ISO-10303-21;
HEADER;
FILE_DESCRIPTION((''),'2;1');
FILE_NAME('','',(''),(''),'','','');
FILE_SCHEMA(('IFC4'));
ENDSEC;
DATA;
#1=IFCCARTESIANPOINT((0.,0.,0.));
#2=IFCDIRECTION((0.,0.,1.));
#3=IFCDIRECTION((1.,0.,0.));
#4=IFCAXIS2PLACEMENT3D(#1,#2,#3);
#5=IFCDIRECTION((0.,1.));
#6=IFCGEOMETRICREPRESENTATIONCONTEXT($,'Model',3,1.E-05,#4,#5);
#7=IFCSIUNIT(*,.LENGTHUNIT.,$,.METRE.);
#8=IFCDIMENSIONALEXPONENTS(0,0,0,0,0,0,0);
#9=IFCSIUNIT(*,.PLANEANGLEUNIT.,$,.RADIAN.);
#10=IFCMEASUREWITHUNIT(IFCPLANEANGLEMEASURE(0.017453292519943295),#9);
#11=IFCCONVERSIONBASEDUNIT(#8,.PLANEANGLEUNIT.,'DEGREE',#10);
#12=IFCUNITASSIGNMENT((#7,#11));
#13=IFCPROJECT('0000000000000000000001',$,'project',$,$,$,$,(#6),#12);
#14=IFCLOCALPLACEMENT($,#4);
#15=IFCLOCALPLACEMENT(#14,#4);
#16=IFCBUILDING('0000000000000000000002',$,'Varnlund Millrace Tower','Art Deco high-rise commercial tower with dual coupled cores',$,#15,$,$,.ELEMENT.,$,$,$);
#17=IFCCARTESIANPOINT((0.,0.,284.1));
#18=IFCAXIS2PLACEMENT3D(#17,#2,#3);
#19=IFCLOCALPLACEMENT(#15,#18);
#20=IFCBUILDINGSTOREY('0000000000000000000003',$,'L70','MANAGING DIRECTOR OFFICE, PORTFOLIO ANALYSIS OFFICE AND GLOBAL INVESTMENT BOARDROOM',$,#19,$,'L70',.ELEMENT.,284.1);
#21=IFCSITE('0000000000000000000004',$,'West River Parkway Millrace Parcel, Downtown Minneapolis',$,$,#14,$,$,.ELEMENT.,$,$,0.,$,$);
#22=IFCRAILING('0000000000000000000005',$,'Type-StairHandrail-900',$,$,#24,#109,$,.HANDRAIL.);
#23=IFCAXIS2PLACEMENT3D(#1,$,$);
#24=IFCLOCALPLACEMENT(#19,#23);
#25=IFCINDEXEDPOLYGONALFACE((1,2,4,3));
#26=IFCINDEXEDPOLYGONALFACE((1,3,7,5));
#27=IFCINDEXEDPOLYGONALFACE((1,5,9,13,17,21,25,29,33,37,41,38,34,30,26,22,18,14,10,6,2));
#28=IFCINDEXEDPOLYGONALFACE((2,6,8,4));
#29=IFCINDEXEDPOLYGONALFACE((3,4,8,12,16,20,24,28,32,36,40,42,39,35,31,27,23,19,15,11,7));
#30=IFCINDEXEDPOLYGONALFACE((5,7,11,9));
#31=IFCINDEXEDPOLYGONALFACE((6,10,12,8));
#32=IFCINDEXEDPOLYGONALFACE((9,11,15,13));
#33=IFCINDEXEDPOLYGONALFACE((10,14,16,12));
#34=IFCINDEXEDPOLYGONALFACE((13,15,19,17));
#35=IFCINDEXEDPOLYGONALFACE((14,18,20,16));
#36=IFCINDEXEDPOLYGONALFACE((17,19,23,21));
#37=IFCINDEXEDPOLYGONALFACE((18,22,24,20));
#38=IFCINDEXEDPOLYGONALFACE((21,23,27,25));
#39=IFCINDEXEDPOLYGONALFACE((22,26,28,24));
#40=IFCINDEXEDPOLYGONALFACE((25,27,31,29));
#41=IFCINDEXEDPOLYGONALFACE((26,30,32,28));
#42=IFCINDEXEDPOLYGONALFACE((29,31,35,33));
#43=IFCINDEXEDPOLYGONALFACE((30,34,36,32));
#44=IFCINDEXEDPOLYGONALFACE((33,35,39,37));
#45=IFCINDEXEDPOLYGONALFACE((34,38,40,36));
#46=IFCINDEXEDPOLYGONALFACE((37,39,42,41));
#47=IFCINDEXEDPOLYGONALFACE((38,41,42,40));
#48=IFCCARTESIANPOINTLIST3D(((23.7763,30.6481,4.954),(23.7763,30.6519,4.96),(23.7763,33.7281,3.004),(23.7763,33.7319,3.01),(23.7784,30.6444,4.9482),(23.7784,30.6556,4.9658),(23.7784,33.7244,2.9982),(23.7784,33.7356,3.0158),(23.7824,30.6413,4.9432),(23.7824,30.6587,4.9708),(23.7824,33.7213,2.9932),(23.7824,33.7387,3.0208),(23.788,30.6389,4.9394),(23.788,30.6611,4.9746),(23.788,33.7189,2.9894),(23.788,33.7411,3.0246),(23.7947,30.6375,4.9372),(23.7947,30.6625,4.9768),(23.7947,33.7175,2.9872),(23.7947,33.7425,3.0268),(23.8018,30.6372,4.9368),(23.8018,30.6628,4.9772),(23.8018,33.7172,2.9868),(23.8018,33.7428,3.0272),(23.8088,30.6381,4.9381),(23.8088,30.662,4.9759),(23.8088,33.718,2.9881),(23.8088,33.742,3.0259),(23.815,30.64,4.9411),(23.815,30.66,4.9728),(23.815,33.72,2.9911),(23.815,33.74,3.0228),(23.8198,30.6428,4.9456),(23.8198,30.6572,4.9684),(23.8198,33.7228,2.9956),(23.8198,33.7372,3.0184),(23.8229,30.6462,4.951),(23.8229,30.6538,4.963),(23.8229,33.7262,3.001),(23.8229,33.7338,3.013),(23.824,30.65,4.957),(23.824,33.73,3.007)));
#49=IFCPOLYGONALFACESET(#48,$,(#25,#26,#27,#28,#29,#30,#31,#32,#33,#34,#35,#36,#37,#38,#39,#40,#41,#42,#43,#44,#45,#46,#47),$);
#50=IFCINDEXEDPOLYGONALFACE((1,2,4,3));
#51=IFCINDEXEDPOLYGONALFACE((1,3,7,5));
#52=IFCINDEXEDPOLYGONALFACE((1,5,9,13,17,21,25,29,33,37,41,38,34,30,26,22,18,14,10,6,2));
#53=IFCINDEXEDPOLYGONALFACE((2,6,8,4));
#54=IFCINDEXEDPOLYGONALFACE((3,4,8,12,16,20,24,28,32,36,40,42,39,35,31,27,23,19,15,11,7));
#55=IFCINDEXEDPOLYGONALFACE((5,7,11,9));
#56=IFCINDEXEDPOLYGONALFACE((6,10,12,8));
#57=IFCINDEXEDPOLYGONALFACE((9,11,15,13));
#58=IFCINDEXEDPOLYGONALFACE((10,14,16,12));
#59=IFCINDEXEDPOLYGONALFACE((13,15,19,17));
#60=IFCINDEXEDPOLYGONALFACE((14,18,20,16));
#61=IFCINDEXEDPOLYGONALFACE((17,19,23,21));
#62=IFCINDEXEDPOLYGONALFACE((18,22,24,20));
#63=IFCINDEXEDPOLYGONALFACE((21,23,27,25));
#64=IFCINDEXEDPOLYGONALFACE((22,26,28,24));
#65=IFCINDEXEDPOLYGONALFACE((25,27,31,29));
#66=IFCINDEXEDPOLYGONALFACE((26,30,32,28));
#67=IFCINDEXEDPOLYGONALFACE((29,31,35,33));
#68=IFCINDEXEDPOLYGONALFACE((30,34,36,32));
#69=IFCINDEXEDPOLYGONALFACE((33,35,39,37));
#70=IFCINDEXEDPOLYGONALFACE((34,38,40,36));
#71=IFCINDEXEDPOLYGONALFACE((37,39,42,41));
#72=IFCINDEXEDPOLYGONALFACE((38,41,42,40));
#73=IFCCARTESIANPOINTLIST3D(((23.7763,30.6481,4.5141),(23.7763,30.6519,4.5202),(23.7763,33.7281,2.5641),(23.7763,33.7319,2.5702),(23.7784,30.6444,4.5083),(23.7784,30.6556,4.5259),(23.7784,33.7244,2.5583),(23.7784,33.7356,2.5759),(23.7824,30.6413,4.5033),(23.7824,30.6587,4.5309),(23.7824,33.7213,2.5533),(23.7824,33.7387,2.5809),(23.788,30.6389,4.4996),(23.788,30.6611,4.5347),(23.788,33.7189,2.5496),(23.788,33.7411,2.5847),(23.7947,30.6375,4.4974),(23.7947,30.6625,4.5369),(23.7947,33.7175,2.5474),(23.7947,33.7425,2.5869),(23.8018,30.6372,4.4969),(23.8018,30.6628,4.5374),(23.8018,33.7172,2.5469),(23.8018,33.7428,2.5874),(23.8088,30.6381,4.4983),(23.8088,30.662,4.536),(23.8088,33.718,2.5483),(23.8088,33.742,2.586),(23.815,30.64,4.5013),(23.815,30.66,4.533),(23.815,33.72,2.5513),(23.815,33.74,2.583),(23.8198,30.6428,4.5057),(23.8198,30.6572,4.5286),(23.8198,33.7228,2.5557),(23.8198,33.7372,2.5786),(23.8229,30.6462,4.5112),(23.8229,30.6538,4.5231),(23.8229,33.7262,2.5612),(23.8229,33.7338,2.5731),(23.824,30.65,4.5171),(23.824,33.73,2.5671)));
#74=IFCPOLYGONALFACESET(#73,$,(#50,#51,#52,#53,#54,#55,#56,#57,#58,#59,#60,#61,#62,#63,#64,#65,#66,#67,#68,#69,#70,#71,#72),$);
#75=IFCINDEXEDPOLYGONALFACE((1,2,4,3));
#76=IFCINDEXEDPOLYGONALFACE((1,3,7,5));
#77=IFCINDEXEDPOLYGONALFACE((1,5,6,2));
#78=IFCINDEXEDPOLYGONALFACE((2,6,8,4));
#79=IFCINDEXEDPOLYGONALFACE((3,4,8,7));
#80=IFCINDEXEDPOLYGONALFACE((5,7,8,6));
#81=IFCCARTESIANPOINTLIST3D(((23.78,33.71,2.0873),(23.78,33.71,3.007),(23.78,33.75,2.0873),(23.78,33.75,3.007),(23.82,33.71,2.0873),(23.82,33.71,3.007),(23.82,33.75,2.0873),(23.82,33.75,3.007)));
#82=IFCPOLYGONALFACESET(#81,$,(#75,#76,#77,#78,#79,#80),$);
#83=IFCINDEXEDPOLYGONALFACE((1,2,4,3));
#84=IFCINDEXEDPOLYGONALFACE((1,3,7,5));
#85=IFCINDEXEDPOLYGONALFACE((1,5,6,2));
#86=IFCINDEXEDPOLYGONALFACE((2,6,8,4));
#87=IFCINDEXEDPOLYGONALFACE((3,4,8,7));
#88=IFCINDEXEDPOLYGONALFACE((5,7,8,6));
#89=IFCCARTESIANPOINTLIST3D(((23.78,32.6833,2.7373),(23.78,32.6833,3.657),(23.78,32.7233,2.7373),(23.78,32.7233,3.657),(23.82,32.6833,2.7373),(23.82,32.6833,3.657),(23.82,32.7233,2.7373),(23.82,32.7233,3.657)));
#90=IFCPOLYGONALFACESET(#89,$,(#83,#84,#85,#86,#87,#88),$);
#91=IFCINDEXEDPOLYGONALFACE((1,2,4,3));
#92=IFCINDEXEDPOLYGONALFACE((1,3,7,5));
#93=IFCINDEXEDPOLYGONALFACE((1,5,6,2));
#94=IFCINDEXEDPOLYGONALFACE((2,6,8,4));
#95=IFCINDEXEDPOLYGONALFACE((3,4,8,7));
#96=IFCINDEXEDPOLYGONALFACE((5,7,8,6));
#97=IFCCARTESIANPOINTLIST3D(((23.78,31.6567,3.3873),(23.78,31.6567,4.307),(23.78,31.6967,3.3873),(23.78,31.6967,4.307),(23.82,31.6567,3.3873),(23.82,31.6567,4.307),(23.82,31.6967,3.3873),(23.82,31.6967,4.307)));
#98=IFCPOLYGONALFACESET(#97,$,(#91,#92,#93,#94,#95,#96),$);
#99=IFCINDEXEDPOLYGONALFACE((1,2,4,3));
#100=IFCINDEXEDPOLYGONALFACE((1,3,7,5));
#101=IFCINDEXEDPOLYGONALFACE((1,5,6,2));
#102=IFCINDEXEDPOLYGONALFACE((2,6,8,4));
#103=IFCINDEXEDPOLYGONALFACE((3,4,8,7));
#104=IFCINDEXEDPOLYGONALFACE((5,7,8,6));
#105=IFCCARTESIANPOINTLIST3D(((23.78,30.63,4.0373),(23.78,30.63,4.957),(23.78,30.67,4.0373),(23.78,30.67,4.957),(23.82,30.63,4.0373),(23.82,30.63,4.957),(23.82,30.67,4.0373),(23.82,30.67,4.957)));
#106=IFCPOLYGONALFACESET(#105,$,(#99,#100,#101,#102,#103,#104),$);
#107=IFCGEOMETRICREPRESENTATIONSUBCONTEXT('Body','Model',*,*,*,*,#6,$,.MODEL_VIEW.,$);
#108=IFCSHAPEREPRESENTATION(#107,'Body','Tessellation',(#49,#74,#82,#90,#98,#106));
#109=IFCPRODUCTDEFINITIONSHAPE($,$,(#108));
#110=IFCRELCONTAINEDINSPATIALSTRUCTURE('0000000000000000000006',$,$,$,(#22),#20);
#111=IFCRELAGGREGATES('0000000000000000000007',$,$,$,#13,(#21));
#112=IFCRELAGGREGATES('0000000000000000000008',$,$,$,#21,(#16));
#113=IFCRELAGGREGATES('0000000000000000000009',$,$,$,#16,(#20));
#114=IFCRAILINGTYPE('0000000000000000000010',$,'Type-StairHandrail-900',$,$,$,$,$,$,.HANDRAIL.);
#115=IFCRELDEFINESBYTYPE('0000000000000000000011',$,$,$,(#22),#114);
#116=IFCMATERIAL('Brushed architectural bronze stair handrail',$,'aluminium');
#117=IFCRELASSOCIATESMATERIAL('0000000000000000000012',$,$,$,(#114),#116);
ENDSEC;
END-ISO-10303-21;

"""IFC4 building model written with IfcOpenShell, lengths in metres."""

from ifc_helpers import new_model, entity, si_unit, converted_unit, direction, frame, origin_with_axes, origin_2d_with_axis, place, context, subcontext, project, spatial, rectangle, circle, extrude, material, type_object, element, save


model = new_model("IFC4")

# Units and contexts
model_context = context("Model", 3, precision=1e-05, world=origin_with_axes(), true_north=direction((0.0, 1.0)))
body_context = subcontext(model_context, "Body", "Model", "MODEL_VIEW")
ifc_project = project(units=[si_unit("LENGTHUNIT", "METRE"), converted_unit("PLANEANGLEUNIT", "DEGREE", entity("IfcPlaneAngleMeasure", 0.017453292519943295), si_unit("PLANEANGLEUNIT", "RADIAN"), dimensions=[0, 0, 0, 0, 0, 0, 0])], contexts=[model_context])

# Site, building, storey
site_placement = place(None, origin_with_axes())
site = spatial("IfcSite", under=ifc_project, at=site_placement, Name="West River Parkway Millrace Parcel, Downtown Minneapolis", CompositionType="ELEMENT", RefElevation=0.0)
building_placement = place(site_placement, origin_with_axes())
building = spatial("IfcBuilding", under=site, at=building_placement, Name="Varnlund Millrace Tower", Description="Art Deco high-rise commercial tower with dual coupled cores", CompositionType="ELEMENT")
storey_placement = place(building_placement, frame((0.0, 0.0, 284.1), z_axis=(0.0, 0.0, 1.0), x_axis=(1.0, 0.0, 0.0)))
storey = spatial("IfcBuildingStorey", under=building, at=storey_placement, Name="L70", Description="MANAGING DIRECTOR OFFICE, PORTFOLIO ANALYSIS OFFICE AND GLOBAL INVESTMENT BOARDROOM", LongName="L70", CompositionType="ELEMENT", Elevation=284.1)

# Railing
ifc_material_1 = material(Name="Brushed architectural bronze stair handrail", Category="aluminium")
railing_type_1 = type_object("IfcRailingType", Name="Type-StairHandrail-900", PredefinedType="HANDRAIL", material=ifc_material_1)
railing_1_placement = place(storey_placement, frame((0.0, 0.0, -284.1), z_axis=(0.0, 0.0, 1.0), x_axis=(1.0, 0.0, 0.0)))
element("IfcRailing", 1, at=railing_1_placement, inside=storey, type_object=railing_type_1, Name="Type-StairHandrail-900", PredefinedType="HANDRAIL", context=body_context, shape_type="SweptSolid", body=[
    extrude(circle(Radius=0.024, at=origin_2d_with_axis()), frame((23.8, 33.73, 287.107), z_axis=(0.0, -0.844902, 0.534922), x_axis=(1.0, 0.0, 0.0)), (0.0, 0.0, 1.0), 3.6454),
    extrude(circle(Radius=0.024, at=origin_2d_with_axis()), frame((23.8, 33.73, 286.6671), z_axis=(0.0, -0.844902, 0.534922), x_axis=(1.0, 0.0, 0.0)), (0.0, 0.0, 1.0), 3.6454),
    extrude(rectangle(XDim=0.04, YDim=0.04, at=origin_2d_with_axis()), frame((23.8, 33.73, 286.1873), z_axis=(0.0, 0.0, 1.0), x_axis=(1.0, 0.0, 0.0)), (0.0, 0.0, 1.0), 0.9197),
    extrude(rectangle(XDim=0.04, YDim=0.04, at=origin_2d_with_axis()), frame((23.8, 32.7033, 286.8373), z_axis=(0.0, 0.0, 1.0), x_axis=(1.0, 0.0, 0.0)), (0.0, 0.0, 1.0), 0.9197),
    extrude(rectangle(XDim=0.04, YDim=0.04, at=origin_2d_with_axis()), frame((23.8, 31.6767, 287.4873), z_axis=(0.0, 0.0, 1.0), x_axis=(1.0, 0.0, 0.0)), (0.0, 0.0, 1.0), 0.9197),
    extrude(rectangle(XDim=0.04, YDim=0.04, at=origin_2d_with_axis()), frame((23.8, 30.65, 288.1373), z_axis=(0.0, 0.0, 1.0), x_axis=(1.0, 0.0, 0.0)), (0.0, 0.0, 1.0), 0.9197),
])

save(model, "model.ifc")
